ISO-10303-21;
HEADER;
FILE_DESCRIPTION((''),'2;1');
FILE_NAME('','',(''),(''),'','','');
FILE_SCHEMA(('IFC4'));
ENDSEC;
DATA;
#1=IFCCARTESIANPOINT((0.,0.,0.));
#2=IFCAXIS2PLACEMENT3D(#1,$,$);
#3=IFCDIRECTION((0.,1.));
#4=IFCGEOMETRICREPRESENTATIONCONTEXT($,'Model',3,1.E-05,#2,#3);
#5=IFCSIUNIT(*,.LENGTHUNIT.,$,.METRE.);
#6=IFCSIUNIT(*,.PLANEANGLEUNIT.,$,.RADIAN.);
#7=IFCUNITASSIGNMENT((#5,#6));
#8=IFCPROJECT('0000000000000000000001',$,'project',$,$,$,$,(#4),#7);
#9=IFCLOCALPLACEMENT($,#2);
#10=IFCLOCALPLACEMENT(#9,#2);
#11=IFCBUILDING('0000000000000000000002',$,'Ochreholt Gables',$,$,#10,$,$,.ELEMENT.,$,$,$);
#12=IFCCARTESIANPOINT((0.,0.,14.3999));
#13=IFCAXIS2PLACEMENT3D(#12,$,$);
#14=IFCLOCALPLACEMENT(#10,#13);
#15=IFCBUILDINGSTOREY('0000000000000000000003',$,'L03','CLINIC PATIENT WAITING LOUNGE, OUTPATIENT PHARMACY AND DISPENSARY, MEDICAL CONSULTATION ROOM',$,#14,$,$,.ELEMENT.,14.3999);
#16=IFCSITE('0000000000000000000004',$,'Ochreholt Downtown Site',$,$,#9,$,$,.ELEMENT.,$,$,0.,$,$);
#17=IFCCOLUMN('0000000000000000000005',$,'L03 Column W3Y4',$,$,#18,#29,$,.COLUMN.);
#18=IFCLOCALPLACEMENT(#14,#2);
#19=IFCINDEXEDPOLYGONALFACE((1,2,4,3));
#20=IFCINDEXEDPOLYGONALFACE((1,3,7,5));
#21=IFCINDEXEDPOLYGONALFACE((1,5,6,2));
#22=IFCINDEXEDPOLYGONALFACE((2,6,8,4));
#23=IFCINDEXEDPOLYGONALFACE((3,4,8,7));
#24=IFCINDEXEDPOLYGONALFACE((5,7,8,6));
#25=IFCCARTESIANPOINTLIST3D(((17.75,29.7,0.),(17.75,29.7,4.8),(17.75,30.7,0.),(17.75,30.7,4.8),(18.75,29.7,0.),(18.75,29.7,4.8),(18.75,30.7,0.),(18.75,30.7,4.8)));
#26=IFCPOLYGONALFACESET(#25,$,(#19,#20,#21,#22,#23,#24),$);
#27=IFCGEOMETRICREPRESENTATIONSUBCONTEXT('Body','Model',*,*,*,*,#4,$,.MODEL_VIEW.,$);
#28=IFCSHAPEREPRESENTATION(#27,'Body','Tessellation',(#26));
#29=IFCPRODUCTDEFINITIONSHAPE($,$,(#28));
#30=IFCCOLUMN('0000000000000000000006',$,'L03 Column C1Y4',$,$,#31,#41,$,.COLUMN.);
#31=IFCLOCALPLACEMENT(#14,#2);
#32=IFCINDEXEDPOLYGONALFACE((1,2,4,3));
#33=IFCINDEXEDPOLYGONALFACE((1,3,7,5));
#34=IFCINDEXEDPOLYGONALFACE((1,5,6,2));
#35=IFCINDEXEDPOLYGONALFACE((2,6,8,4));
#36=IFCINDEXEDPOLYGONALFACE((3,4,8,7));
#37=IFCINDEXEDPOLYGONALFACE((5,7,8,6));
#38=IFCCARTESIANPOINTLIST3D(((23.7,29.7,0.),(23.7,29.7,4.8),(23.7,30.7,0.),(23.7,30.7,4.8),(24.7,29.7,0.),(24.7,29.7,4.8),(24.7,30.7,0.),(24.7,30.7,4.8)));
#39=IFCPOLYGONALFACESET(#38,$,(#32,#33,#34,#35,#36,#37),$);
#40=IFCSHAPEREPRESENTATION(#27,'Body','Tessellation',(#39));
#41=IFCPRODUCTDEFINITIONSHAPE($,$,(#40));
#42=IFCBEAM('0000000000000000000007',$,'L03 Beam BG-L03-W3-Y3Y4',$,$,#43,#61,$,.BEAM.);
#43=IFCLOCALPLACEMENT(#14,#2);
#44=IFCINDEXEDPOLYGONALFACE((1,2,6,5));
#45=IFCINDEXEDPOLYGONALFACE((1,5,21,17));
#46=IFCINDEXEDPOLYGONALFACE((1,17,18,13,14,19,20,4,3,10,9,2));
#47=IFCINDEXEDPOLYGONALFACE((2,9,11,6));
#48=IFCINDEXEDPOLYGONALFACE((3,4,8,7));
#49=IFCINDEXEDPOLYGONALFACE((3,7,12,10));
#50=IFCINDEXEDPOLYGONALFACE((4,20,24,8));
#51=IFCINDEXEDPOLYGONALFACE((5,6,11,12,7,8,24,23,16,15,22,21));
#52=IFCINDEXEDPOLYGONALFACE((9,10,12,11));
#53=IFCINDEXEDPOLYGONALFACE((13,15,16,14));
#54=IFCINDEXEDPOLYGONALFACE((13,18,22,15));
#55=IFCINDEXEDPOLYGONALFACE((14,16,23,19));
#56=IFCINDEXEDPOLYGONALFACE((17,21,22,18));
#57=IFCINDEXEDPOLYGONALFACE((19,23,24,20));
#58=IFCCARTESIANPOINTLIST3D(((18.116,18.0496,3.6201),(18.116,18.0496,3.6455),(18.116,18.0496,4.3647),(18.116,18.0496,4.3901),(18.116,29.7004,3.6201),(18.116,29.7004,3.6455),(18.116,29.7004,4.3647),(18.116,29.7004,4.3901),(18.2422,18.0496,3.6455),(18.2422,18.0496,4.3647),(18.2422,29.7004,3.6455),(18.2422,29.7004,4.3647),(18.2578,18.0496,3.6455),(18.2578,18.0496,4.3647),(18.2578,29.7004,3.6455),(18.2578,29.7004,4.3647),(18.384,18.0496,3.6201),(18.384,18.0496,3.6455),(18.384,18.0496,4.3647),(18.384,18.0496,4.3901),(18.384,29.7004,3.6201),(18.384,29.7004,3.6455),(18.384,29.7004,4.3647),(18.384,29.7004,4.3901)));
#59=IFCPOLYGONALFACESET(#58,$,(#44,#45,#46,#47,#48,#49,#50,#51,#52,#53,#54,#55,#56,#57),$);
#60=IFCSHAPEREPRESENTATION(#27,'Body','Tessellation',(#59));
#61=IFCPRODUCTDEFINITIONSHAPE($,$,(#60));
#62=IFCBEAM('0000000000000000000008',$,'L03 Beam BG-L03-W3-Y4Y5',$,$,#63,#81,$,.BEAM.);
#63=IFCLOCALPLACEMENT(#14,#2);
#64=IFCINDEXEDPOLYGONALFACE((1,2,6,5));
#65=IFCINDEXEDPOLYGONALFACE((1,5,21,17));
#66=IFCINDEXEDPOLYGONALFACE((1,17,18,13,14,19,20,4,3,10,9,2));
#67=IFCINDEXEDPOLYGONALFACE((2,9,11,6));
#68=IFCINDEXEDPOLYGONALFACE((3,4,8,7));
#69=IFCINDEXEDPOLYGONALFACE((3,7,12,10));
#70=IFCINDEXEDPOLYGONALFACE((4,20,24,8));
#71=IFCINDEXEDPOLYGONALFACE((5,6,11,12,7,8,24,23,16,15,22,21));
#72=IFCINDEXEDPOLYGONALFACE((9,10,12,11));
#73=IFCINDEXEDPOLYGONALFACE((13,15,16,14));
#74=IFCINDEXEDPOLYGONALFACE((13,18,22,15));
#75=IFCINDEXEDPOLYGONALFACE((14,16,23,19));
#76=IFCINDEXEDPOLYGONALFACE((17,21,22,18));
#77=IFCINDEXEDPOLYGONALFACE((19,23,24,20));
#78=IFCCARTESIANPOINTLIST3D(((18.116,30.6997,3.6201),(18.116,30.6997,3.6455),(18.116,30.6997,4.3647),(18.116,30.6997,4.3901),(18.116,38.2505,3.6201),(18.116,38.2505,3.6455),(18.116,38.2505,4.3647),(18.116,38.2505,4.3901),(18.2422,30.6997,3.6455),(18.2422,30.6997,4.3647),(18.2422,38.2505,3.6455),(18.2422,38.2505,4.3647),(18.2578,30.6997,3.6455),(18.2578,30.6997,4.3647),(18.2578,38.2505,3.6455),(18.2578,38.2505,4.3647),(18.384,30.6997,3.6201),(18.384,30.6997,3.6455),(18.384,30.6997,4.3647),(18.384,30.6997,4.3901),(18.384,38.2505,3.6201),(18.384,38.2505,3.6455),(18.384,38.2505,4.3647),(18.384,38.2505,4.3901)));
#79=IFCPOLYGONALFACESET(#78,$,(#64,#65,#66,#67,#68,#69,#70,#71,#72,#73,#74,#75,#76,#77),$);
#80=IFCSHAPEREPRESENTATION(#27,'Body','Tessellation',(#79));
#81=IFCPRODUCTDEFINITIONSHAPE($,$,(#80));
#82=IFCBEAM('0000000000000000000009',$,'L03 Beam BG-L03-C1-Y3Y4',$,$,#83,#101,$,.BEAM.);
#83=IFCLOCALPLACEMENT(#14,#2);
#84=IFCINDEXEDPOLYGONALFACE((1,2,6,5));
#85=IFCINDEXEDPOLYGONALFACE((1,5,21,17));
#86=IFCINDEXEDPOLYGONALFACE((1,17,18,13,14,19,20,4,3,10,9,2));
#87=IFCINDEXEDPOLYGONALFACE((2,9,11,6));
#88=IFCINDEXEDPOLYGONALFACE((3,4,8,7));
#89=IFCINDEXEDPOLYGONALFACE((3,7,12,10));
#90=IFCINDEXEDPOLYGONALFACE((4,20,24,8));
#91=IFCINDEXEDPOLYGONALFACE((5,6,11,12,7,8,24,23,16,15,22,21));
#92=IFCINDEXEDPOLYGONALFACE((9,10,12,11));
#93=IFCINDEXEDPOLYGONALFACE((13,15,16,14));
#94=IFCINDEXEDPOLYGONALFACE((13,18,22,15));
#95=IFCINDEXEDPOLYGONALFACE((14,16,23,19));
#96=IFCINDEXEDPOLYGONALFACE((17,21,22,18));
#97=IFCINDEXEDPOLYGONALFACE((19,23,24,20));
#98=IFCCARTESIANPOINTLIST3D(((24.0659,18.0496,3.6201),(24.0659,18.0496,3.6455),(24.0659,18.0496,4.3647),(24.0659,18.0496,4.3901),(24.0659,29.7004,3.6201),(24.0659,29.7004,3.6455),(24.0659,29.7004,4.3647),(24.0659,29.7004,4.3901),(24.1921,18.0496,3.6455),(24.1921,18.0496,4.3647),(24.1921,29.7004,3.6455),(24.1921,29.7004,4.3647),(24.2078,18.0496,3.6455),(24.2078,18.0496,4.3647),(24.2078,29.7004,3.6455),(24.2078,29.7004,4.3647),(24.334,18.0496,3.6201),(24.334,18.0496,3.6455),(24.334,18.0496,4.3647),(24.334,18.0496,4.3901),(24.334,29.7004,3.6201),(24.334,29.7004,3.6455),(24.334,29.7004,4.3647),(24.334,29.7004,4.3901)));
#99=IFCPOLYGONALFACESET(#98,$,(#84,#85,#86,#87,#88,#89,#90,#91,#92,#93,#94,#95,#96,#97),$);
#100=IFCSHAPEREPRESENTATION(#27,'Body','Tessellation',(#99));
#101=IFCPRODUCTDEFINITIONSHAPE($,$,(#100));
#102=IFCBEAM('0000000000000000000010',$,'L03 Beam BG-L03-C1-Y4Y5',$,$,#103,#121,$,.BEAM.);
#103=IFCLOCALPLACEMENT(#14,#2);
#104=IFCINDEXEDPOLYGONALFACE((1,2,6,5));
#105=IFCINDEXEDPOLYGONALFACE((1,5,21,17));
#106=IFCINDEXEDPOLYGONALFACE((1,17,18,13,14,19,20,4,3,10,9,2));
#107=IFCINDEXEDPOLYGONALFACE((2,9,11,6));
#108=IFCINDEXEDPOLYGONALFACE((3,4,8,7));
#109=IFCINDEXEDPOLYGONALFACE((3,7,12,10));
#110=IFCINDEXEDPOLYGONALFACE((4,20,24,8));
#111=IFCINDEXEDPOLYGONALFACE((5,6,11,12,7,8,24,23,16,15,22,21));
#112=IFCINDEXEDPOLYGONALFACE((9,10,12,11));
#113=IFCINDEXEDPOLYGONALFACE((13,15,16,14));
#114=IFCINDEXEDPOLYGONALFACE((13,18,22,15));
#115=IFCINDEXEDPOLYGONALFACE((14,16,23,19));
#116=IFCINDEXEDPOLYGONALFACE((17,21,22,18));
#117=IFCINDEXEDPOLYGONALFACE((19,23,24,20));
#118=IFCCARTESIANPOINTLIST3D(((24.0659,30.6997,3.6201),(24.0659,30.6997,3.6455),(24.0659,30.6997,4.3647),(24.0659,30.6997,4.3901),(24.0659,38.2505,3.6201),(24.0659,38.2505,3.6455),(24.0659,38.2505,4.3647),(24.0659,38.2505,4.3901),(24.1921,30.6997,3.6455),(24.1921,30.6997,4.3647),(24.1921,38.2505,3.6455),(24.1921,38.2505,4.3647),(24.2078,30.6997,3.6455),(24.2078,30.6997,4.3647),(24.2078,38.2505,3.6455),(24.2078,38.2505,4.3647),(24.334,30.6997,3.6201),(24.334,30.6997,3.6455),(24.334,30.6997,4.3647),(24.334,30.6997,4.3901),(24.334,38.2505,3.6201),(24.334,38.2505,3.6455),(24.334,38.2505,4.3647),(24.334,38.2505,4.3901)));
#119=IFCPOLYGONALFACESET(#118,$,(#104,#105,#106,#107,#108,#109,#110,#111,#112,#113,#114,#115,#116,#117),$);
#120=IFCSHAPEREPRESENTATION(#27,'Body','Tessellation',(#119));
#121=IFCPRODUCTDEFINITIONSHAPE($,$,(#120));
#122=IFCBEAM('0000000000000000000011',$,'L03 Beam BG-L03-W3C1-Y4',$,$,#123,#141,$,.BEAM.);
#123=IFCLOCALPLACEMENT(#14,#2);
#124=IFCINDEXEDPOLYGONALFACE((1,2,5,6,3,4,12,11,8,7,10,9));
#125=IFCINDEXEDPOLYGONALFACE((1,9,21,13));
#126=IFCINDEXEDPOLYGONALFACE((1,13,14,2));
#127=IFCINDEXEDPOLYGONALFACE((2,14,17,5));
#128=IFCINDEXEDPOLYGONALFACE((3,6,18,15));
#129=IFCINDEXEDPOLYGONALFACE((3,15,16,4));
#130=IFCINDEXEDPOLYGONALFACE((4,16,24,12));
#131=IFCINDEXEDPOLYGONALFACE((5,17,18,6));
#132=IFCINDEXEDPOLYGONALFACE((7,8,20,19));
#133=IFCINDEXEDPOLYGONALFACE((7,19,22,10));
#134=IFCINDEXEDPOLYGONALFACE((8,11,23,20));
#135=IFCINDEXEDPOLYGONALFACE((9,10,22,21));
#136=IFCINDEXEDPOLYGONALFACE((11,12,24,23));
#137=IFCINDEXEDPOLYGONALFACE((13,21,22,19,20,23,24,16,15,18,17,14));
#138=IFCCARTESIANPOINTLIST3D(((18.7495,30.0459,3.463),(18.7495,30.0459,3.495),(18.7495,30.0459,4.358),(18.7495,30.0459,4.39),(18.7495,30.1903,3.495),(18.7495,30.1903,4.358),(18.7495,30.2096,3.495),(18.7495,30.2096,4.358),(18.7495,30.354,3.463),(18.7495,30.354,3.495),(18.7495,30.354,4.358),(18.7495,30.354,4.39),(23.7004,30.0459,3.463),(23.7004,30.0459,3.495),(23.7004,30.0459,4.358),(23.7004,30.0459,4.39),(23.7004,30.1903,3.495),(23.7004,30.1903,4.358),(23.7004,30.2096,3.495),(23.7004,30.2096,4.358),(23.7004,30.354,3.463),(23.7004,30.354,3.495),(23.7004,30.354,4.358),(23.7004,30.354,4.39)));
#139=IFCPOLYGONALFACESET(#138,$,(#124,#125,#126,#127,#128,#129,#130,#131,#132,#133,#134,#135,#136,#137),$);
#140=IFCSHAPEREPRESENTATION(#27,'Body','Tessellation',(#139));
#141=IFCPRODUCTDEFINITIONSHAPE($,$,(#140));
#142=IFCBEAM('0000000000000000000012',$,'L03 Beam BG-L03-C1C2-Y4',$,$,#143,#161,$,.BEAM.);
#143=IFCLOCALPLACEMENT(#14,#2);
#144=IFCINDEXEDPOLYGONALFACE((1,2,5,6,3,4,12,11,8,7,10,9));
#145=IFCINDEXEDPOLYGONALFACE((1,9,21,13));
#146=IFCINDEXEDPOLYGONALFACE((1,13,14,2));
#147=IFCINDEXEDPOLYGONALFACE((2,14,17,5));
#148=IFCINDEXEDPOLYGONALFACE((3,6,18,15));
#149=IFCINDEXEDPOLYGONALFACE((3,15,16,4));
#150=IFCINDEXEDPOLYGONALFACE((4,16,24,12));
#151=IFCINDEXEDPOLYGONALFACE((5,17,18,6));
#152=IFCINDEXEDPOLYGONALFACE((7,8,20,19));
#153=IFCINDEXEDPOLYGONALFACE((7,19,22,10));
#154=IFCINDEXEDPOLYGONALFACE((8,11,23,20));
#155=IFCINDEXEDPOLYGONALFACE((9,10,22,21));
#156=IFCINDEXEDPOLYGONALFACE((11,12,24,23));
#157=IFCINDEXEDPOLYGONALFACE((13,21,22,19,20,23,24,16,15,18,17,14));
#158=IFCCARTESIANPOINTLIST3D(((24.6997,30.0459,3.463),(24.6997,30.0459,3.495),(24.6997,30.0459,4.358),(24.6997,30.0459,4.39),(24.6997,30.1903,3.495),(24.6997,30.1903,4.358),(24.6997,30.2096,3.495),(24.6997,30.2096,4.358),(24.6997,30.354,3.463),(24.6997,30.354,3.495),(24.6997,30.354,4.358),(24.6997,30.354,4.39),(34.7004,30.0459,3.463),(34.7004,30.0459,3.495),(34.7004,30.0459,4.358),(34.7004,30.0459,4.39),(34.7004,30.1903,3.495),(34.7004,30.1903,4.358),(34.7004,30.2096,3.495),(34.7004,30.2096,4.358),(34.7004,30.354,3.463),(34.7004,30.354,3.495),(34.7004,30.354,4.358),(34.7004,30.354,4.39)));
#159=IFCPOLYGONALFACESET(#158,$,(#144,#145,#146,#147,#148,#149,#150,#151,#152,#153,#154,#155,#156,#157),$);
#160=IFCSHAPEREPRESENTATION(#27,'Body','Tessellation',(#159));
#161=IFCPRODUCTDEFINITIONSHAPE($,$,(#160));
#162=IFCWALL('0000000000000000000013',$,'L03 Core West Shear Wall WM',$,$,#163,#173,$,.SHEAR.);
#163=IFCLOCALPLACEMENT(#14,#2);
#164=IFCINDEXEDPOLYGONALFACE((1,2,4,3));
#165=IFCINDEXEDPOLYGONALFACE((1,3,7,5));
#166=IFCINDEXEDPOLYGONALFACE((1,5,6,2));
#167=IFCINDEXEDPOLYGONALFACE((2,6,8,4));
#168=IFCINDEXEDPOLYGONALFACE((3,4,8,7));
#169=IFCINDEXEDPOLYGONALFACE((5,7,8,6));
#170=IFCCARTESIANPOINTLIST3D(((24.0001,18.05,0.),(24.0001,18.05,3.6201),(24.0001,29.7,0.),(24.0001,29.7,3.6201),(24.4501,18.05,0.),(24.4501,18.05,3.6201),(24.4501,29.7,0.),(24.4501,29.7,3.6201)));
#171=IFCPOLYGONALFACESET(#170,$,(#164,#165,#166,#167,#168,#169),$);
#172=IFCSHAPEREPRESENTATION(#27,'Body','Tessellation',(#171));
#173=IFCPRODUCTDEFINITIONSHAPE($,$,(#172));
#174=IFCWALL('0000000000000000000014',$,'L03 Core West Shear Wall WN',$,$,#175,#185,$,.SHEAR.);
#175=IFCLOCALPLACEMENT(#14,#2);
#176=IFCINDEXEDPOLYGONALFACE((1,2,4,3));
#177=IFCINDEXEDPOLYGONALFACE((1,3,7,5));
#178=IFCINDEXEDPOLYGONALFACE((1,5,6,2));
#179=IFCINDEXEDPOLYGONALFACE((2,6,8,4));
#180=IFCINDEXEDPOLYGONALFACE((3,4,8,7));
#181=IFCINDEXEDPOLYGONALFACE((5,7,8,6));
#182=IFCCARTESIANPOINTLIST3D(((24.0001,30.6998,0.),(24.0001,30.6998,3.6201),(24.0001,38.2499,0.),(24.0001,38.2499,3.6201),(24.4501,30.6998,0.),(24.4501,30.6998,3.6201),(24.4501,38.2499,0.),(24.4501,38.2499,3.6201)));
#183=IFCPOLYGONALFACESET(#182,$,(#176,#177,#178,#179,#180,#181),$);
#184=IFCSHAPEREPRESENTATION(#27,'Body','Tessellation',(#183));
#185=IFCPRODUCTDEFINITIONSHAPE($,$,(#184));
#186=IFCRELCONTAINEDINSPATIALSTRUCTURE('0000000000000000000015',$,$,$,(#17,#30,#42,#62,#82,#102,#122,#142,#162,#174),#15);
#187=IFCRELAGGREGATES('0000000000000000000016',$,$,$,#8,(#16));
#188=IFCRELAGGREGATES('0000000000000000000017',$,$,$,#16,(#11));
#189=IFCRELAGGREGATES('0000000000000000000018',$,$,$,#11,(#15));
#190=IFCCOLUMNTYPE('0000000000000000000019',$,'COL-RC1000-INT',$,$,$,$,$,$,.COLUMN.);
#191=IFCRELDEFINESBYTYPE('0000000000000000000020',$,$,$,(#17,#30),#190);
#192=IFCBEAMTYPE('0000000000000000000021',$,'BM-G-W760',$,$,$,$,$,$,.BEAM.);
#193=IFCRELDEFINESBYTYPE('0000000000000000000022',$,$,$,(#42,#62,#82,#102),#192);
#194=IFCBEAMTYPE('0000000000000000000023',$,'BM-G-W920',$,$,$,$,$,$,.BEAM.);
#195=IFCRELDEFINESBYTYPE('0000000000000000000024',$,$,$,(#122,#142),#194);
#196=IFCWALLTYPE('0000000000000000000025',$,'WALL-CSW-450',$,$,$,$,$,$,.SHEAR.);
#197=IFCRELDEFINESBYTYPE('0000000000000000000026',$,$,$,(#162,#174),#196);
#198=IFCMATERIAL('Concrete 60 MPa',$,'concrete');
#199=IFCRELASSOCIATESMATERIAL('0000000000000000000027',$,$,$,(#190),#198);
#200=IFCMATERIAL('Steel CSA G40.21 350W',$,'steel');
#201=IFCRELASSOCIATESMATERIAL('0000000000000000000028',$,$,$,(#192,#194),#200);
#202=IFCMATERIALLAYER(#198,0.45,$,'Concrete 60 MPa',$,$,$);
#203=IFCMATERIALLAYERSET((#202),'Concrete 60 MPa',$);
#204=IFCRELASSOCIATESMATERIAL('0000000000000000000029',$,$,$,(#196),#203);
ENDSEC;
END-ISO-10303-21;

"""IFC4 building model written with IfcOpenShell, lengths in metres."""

from ifc_helpers import new_model, si_unit, direction, frame, frame_2d, origin, origin_2d, place, context, subcontext, project, spatial, rectangle, i_section, extrude, material, layer, layer_set, material_profile, profile_set, type_object, element, save


model = new_model("IFC4")

# Units and contexts
model_context = context("Model", 3, precision=1e-05, world=origin(), true_north=direction((0.0, 1.0)))
body_context = subcontext(model_context, "Body", "Model", "MODEL_VIEW")
ifc_project = project(units=[si_unit("LENGTHUNIT", "METRE"), si_unit("PLANEANGLEUNIT", "RADIAN")], contexts=[model_context])

# Site, building, storey
site_placement = place(None, origin())
site = spatial("IfcSite", under=ifc_project, at=site_placement, Name="Ochreholt Downtown Site", CompositionType="ELEMENT", RefElevation=0.0)
building_placement = place(site_placement, origin())
building = spatial("IfcBuilding", under=site, at=building_placement, Name="Ochreholt Gables", CompositionType="ELEMENT")
storey_placement = place(building_placement, frame((0.0, 0.0, 14.3999)))
storey = spatial("IfcBuildingStorey", under=building, at=storey_placement, Name="L03", Description="CLINIC PATIENT WAITING LOUNGE, OUTPATIENT PHARMACY AND DISPENSARY, MEDICAL CONSULTATION ROOM", CompositionType="ELEMENT", Elevation=14.3999)

# Columns
ifc_material_1 = material(Name="Concrete 60 MPa", Category="concrete")
ifc_material_profile_1 = material_profile(ifc_material_1, rectangle(XDim=1.0, YDim=1.0, at=origin_2d()), Name="RC1000X1000")
ifc_profile_set_1 = profile_set([ifc_material_profile_1], Name="Concrete 60 MPa")
column_type = type_object("IfcColumnType", Name="COL-RC1000-INT", PredefinedType="COLUMN", material=ifc_profile_set_1)
for number, where, z_axis, x_axis, name in (
    (1, (18.25, 30.2, 0.0), (0.0, 0.0, 1.0), (1.0, 0.0, 0.0), "L03 Column W3Y4"),
    (2, (24.2, 30.2, 0.0), (0.0, 0.0, 1.0), (1.0, 0.0, 0.0), "L03 Column C1Y4"),
):
    element("IfcColumn", number, at=place(storey_placement, frame(where, z_axis=z_axis, x_axis=x_axis)), inside=storey, type_object=column_type, Name=name, PredefinedType="COLUMN", context=body_context, shape_type="SweptSolid", body=[
        extrude(rectangle(XDim=1.0, YDim=1.0, at=origin_2d()), origin(), (0.0, 0.0, 1.0), 4.8),
    ])

# Beams
ifc_material_2 = material(Name="Steel CSA G40.21 350W", Category="steel")
ifc_material_profile_2 = material_profile(ifc_material_2, i_section(OverallWidth=0.2681, OverallDepth=0.77, WebThickness=0.0156, FlangeThickness=0.0254, at=origin_2d()), Name="W760X196")
ifc_profile_set_2 = profile_set([ifc_material_profile_2], Name="Steel CSA G40.21 350W")
beam_type_1 = type_object("IfcBeamType", Name="BM-G-W760", PredefinedType="BEAM", material=ifc_profile_set_2)
beam_1_placement = place(storey_placement, frame((18.25, 18.0496, 4.0051), z_axis=(0.0, 1.0, 0.0), x_axis=(-1.0, 0.0, 0.0)))
element("IfcBeam", 3, at=beam_1_placement, inside=storey, type_object=beam_type_1, Name="L03 Beam BG-L03-W3-Y3Y4", PredefinedType="BEAM", context=body_context, shape_type="SweptSolid", body=[
    extrude(i_section(OverallWidth=0.2681, OverallDepth=0.77, WebThickness=0.0156, FlangeThickness=0.0254, at=origin_2d()), origin(), (0.0, 0.0, 1.0), 11.6509),
])
beam_2_placement = place(storey_placement, frame((18.25, 30.6997, 4.0051), z_axis=(0.0, 1.0, 0.0), x_axis=(-1.0, 0.0, 0.0)))
element("IfcBeam", 4, at=beam_2_placement, inside=storey, type_object=beam_type_1, Name="L03 Beam BG-L03-W3-Y4Y5", PredefinedType="BEAM", context=body_context, shape_type="SweptSolid", body=[
    extrude(i_section(OverallWidth=0.2681, OverallDepth=0.77, WebThickness=0.0156, FlangeThickness=0.0254, at=origin_2d()), origin(), (0.0, 0.0, 1.0), 7.5508),
])
beam_3_placement = place(storey_placement, frame((24.2, 18.0496, 4.0051), z_axis=(0.0, 1.0, 0.0), x_axis=(-1.0, 0.0, 0.0)))
element("IfcBeam", 5, at=beam_3_placement, inside=storey, type_object=beam_type_1, Name="L03 Beam BG-L03-C1-Y3Y4", PredefinedType="BEAM", context=body_context, shape_type="SweptSolid", body=[
    extrude(i_section(OverallWidth=0.2681, OverallDepth=0.77, WebThickness=0.0156, FlangeThickness=0.0254, at=origin_2d()), origin(), (0.0, 0.0, 1.0), 11.6509),
])
beam_4_placement = place(storey_placement, frame((24.2, 30.6997, 4.0051), z_axis=(0.0, 1.0, 0.0), x_axis=(-1.0, 0.0, 0.0)))
element("IfcBeam", 6, at=beam_4_placement, inside=storey, type_object=beam_type_1, Name="L03 Beam BG-L03-C1-Y4Y5", PredefinedType="BEAM", context=body_context, shape_type="SweptSolid", body=[
    extrude(i_section(OverallWidth=0.2681, OverallDepth=0.77, WebThickness=0.0156, FlangeThickness=0.0254, at=origin_2d()), origin(), (0.0, 0.0, 1.0), 7.5508),
])
ifc_material_profile_3 = material_profile(ifc_material_2, i_section(OverallWidth=0.3081, OverallDepth=0.927, WebThickness=0.0193, FlangeThickness=0.032, at=origin_2d()), Name="W920X289")
ifc_profile_set_3 = profile_set([ifc_material_profile_3], Name="Steel CSA G40.21 350W")
beam_type_2 = type_object("IfcBeamType", Name="BM-G-W920", PredefinedType="BEAM", material=ifc_profile_set_3)
beam_5_placement = place(storey_placement, frame((18.7495, 30.2, 3.9265), z_axis=(1.0, 0.0, 0.0), x_axis=(0.0, 1.0, 0.0)))
element("IfcBeam", 7, at=beam_5_placement, inside=storey, type_object=beam_type_2, Name="L03 Beam BG-L03-W3C1-Y4", PredefinedType="BEAM", context=body_context, shape_type="SweptSolid", body=[
    extrude(i_section(OverallWidth=0.3081, OverallDepth=0.927, WebThickness=0.0193, FlangeThickness=0.032, at=origin_2d()), origin(), (0.0, 0.0, 1.0), 4.9509),
])
beam_6_placement = place(storey_placement, frame((24.6997, 30.2, 3.9265), z_axis=(1.0, 0.0, 0.0), x_axis=(0.0, 1.0, 0.0)))
element("IfcBeam", 8, at=beam_6_placement, inside=storey, type_object=beam_type_2, Name="L03 Beam BG-L03-C1C2-Y4", PredefinedType="BEAM", context=body_context, shape_type="SweptSolid", body=[
    extrude(i_section(OverallWidth=0.3081, OverallDepth=0.927, WebThickness=0.0193, FlangeThickness=0.032, at=origin_2d()), origin(), (0.0, 0.0, 1.0), 10.0007),
])

# Walls
ifc_layer_1 = layer(ifc_material_1, 0.45, Name="Concrete 60 MPa")
ifc_layer_set_1 = layer_set([ifc_layer_1], Name="Concrete 60 MPa")
wall_type_1 = type_object("IfcWallType", Name="WALL-CSW-450", PredefinedType="SHEAR", material=ifc_layer_set_1)
wall_1_placement = place(storey_placement, frame((24.2251, 18.05, 0.0), z_axis=(0.0, 0.0, 1.0), x_axis=(0.0, 1.0, 0.0)))
element("IfcWall", 9, at=wall_1_placement, inside=storey, type_object=wall_type_1, Name="L03 Core West Shear Wall WM", PredefinedType="SHEAR", context=body_context, shape_type="SweptSolid", body=[
    extrude(rectangle(XDim=11.6499, YDim=0.45, at=frame_2d((5.825, 0.0))), origin(), (0.0, 0.0, 1.0), 3.6201),
])
wall_2_placement = place(storey_placement, frame((24.2251, 30.7, 0.0), z_axis=(0.0, 0.0, 1.0), x_axis=(0.0, 1.0, 0.0)))
element("IfcWall", 10, at=wall_2_placement, inside=storey, type_object=wall_type_1, Name="L03 Core West Shear Wall WN", PredefinedType="SHEAR", context=body_context, shape_type="SweptSolid", body=[
    extrude(rectangle(XDim=7.55, YDim=0.45, at=frame_2d((3.7749, 0.0))), origin(), (0.0, 0.0, 1.0), 3.6201),
])

save(model, "model.ifc")
